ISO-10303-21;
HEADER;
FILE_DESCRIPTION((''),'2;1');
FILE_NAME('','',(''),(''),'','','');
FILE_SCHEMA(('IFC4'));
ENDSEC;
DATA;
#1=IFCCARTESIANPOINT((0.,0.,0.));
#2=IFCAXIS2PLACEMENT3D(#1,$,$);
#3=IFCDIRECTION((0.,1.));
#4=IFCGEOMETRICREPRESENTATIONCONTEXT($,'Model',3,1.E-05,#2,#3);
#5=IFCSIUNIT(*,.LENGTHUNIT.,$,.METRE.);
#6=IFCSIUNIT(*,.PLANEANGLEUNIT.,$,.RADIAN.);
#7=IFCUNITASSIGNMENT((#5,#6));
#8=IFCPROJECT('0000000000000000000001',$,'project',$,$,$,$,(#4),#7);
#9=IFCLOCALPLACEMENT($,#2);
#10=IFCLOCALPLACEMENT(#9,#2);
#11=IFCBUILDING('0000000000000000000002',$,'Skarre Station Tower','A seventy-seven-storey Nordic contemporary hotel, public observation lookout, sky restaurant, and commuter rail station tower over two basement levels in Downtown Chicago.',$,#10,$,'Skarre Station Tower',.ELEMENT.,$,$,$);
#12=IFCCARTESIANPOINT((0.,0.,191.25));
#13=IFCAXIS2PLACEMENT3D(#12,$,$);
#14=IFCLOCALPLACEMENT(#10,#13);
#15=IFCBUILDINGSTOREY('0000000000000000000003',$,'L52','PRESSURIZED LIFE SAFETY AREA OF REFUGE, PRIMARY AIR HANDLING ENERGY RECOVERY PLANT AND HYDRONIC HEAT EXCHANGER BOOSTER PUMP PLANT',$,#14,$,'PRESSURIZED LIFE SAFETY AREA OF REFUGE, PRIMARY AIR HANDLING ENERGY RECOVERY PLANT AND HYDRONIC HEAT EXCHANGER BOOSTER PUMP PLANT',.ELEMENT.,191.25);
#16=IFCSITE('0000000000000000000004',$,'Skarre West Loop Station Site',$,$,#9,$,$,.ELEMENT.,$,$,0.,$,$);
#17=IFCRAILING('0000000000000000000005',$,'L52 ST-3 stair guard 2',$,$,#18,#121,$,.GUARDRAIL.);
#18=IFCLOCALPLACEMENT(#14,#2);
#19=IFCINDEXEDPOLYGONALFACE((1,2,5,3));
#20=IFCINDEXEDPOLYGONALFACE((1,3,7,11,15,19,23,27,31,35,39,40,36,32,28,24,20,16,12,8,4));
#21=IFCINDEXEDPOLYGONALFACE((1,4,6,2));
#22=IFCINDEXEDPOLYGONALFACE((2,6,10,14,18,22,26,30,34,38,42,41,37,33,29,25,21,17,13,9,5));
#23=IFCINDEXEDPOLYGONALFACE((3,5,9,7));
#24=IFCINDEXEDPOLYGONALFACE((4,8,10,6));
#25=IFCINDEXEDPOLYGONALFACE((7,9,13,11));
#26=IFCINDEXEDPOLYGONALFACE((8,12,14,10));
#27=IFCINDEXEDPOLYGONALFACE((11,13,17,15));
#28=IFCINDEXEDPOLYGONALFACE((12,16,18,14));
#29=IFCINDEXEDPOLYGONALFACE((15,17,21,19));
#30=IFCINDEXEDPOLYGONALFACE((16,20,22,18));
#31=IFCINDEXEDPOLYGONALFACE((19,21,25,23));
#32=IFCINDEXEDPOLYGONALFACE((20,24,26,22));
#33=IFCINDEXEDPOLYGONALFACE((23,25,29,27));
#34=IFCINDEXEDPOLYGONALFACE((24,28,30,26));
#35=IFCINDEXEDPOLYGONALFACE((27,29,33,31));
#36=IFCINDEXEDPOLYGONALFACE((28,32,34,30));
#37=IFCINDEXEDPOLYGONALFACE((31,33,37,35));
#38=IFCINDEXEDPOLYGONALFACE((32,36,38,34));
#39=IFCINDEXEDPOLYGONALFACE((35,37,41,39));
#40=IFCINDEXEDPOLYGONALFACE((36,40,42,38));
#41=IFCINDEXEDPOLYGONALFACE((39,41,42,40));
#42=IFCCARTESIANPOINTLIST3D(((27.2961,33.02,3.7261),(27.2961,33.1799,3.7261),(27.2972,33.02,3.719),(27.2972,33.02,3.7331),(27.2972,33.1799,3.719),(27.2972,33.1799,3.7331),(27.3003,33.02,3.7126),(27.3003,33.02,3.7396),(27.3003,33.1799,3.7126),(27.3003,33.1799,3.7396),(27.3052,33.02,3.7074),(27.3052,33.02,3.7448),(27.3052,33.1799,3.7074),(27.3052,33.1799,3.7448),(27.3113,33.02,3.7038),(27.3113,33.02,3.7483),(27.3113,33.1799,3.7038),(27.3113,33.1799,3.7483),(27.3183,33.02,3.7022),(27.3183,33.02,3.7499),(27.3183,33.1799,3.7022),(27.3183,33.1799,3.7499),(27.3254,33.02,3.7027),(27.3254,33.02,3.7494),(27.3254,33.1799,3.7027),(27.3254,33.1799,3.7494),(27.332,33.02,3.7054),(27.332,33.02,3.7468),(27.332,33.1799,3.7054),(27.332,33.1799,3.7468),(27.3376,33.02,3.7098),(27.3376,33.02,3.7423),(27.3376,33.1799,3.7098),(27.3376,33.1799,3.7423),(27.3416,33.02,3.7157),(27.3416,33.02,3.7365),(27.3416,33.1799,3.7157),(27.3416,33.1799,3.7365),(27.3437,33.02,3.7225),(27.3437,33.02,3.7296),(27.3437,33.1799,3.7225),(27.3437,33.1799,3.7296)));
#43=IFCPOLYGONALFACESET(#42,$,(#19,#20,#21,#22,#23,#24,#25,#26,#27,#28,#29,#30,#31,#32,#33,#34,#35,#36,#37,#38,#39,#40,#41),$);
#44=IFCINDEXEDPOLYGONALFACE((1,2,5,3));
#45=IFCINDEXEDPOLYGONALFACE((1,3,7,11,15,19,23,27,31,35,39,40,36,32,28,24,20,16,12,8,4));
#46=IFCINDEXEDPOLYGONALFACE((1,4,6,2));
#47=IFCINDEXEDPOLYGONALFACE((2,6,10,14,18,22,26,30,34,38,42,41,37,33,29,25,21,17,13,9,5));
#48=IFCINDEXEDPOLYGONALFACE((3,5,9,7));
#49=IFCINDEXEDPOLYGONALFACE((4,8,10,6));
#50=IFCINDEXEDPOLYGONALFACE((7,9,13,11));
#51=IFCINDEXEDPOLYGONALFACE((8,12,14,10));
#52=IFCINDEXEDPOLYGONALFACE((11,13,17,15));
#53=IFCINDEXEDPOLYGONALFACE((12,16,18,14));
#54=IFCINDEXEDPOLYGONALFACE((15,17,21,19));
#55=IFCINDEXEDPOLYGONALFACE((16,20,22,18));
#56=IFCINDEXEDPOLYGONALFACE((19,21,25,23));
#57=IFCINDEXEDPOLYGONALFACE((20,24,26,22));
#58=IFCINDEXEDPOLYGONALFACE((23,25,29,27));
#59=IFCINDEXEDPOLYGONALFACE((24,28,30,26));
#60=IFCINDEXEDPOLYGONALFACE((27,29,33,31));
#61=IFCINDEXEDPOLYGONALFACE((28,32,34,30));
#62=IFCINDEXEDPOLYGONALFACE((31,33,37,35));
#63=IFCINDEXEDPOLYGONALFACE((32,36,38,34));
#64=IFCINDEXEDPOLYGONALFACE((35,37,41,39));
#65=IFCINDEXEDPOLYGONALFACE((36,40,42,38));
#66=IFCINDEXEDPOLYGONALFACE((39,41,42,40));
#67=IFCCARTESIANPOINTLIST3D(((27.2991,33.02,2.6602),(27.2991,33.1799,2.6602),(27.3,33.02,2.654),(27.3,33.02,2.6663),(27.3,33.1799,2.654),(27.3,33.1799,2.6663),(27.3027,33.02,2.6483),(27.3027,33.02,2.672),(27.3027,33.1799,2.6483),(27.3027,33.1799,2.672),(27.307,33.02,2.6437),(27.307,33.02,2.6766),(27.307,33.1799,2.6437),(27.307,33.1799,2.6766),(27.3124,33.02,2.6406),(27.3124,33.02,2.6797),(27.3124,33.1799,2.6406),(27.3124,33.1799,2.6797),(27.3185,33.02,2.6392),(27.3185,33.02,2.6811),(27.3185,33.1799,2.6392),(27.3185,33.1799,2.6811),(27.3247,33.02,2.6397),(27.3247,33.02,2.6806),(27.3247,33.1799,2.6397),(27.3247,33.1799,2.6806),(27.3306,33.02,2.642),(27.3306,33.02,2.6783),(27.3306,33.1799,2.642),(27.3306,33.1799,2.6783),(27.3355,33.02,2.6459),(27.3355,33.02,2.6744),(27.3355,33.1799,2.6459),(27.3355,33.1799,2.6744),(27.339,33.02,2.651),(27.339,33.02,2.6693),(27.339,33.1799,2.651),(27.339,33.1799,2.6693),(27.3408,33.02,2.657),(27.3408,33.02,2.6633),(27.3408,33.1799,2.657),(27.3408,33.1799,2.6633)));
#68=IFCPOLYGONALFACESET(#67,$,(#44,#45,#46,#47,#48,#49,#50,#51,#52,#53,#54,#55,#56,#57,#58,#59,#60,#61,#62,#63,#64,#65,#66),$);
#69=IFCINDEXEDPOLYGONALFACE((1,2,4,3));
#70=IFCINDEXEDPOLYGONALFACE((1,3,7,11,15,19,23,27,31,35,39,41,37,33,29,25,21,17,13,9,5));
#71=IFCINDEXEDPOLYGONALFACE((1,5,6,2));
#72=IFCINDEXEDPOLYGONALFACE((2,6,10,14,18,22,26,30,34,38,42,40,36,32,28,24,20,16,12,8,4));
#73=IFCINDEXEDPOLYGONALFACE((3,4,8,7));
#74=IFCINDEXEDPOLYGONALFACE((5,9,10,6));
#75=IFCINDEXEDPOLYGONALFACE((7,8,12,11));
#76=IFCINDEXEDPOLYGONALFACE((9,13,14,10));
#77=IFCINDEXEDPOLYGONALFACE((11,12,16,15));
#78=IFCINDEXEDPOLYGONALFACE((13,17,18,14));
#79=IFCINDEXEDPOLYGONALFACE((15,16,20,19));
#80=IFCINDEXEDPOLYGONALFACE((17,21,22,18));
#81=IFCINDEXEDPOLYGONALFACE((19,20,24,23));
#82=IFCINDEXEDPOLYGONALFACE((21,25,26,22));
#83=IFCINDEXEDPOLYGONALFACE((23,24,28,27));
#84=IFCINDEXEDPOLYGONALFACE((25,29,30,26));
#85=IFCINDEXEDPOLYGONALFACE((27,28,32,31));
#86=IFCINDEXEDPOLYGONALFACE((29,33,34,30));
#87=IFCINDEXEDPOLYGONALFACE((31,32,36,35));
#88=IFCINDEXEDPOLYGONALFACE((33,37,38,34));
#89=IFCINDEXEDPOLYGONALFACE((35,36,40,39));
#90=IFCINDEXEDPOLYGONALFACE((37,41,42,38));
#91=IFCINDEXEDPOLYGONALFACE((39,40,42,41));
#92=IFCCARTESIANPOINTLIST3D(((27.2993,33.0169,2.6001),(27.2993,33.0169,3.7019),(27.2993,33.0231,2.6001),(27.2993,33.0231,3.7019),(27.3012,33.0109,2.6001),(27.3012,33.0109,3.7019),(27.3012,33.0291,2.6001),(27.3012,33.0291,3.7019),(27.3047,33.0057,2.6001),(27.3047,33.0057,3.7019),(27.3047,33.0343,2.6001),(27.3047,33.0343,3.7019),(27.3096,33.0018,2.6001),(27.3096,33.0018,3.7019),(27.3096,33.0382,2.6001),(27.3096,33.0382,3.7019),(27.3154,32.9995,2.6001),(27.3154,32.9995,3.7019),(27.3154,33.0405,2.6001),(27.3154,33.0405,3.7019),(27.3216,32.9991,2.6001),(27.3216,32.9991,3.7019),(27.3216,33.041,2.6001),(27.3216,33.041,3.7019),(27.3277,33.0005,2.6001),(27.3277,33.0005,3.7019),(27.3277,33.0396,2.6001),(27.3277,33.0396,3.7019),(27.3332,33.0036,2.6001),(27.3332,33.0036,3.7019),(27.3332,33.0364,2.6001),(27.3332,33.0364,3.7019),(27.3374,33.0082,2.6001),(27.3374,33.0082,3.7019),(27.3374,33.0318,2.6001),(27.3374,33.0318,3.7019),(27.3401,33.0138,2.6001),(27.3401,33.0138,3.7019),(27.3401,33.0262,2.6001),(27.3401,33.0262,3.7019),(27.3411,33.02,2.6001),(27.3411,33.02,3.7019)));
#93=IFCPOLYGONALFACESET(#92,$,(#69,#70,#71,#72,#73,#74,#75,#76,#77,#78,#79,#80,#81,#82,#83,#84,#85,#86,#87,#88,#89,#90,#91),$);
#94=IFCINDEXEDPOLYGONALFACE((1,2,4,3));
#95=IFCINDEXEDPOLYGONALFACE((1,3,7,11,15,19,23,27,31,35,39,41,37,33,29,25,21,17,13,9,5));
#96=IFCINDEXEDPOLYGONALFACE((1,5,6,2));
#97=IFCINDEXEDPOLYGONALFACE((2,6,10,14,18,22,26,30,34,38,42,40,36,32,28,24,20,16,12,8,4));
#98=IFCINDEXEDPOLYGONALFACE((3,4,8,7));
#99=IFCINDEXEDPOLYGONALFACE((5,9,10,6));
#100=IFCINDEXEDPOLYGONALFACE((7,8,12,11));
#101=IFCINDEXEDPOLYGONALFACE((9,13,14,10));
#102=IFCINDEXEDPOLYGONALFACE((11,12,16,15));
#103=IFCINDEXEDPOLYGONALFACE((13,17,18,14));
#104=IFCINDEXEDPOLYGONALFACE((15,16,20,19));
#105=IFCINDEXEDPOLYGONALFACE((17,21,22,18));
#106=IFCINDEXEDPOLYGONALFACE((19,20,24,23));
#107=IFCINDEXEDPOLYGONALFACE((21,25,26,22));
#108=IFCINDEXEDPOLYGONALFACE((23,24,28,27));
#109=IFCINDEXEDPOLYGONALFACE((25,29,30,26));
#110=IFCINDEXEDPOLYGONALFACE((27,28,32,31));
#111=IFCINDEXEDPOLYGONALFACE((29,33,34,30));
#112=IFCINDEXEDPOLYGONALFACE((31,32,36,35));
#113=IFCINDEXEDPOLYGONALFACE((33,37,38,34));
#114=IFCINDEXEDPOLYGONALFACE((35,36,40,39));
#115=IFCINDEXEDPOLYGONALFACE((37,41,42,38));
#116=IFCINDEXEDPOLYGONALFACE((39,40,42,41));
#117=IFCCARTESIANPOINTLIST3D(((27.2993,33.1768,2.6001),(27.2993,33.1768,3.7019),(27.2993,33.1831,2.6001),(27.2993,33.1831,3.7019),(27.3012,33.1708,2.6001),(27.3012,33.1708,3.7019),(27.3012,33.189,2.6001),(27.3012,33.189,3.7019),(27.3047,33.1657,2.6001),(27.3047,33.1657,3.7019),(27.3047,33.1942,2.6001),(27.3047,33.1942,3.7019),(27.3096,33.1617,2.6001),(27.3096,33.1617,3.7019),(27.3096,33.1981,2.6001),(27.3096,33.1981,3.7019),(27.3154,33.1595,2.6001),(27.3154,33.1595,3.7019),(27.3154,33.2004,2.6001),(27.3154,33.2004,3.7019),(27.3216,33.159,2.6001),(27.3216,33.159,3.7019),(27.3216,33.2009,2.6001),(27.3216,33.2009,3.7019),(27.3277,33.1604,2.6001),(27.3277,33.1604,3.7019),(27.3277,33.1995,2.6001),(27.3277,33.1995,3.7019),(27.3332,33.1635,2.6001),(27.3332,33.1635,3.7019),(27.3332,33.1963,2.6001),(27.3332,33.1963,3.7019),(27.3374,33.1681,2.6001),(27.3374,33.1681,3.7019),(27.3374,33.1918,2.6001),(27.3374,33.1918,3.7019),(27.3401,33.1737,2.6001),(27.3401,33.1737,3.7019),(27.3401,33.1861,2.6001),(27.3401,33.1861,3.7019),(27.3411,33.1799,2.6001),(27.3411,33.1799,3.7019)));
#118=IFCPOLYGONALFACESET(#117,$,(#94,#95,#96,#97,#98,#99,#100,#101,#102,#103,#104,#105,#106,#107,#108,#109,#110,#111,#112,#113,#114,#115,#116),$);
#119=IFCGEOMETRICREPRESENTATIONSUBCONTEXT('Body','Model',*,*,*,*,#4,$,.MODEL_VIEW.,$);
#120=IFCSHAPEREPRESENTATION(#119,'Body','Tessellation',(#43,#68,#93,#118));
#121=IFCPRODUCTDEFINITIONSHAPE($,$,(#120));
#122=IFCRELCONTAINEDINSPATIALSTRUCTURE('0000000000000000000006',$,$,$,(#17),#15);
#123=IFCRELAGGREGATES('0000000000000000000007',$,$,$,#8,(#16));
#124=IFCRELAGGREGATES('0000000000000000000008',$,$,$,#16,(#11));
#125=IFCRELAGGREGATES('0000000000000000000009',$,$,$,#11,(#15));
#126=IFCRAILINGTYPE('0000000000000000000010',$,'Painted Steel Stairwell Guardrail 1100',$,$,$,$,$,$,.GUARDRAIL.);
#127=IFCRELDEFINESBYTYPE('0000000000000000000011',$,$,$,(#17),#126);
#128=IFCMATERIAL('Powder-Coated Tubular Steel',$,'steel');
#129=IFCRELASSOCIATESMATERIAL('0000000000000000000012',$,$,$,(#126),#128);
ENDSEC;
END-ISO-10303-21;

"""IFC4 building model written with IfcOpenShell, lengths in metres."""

from ifc_helpers import new_model, si_unit, direction, frame, origin, origin_2d, place, context, subcontext, project, spatial, circle, extrude, material, type_object, element, save


model = new_model("IFC4")

# Units and contexts
model_context = context("Model", 3, precision=1e-05, world=origin(), true_north=direction((0.0, 1.0)))
body_context = subcontext(model_context, "Body", "Model", "MODEL_VIEW")
ifc_project = project(units=[si_unit("LENGTHUNIT", "METRE"), si_unit("PLANEANGLEUNIT", "RADIAN")], contexts=[model_context])

# Site, building, storey
site_placement = place(None, origin())
site = spatial("IfcSite", under=ifc_project, at=site_placement, Name="Skarre West Loop Station Site", CompositionType="ELEMENT", RefElevation=0.0)
building_placement = place(site_placement, origin())
building = spatial("IfcBuilding", under=site, at=building_placement, Name="Skarre Station Tower", Description="A seventy-seven-storey Nordic contemporary hotel, public observation lookout, sky restaurant, and commuter rail station tower over two basement levels in Downtown Chicago.", LongName="Skarre Station Tower", CompositionType="ELEMENT")
storey_placement = place(building_placement, frame((0.0, 0.0, 191.25)))
storey = spatial("IfcBuildingStorey", under=building, at=storey_placement, Name="L52", Description="PRESSURIZED LIFE SAFETY AREA OF REFUGE, PRIMARY AIR HANDLING ENERGY RECOVERY PLANT AND HYDRONIC HEAT EXCHANGER BOOSTER PUMP PLANT", LongName="PRESSURIZED LIFE SAFETY AREA OF REFUGE, PRIMARY AIR HANDLING ENERGY RECOVERY PLANT AND HYDRONIC HEAT EXCHANGER BOOSTER PUMP PLANT", CompositionType="ELEMENT", Elevation=191.25)

# Railing
ifc_material_1 = material(Name="Powder-Coated Tubular Steel", Category="steel")
railing_type_1 = type_object("IfcRailingType", Name="Painted Steel Stairwell Guardrail 1100", PredefinedType="GUARDRAIL", material=ifc_material_1)
railing_1_placement = place(storey_placement, frame((27.3201, 33.02, 2.6001)))
element("IfcRailing", 1, at=railing_1_placement, inside=storey, type_object=railing_type_1, Name="L52 ST-3 stair guard 2", PredefinedType="GUARDRAIL", context=body_context, shape_type="SweptSolid", body=[
    extrude(circle(Radius=0.0239, at=origin_2d()), frame((0.0, 0.0, 1.126), z_axis=(0.0, 1.0, 0.0), x_axis=(-1.0, 0.0, 0.0)), (0.0, 0.0, 1.0), 0.1599),
    extrude(circle(Radius=0.021, at=origin_2d()), frame((0.0, 0.0, 0.0601), z_axis=(0.0, 1.0, 0.0), x_axis=(-1.0, 0.0, 0.0)), (0.0, 0.0, 1.0), 0.1599),
    extrude(circle(Radius=0.021, at=origin_2d()), origin(), (0.0, 0.0, 1.0), 1.1018),
    extrude(circle(Radius=0.021, at=origin_2d()), frame((0.0, 0.1599, 0.0)), (0.0, 0.0, 1.0), 1.1018),
])

save(model, "model.ifc")
